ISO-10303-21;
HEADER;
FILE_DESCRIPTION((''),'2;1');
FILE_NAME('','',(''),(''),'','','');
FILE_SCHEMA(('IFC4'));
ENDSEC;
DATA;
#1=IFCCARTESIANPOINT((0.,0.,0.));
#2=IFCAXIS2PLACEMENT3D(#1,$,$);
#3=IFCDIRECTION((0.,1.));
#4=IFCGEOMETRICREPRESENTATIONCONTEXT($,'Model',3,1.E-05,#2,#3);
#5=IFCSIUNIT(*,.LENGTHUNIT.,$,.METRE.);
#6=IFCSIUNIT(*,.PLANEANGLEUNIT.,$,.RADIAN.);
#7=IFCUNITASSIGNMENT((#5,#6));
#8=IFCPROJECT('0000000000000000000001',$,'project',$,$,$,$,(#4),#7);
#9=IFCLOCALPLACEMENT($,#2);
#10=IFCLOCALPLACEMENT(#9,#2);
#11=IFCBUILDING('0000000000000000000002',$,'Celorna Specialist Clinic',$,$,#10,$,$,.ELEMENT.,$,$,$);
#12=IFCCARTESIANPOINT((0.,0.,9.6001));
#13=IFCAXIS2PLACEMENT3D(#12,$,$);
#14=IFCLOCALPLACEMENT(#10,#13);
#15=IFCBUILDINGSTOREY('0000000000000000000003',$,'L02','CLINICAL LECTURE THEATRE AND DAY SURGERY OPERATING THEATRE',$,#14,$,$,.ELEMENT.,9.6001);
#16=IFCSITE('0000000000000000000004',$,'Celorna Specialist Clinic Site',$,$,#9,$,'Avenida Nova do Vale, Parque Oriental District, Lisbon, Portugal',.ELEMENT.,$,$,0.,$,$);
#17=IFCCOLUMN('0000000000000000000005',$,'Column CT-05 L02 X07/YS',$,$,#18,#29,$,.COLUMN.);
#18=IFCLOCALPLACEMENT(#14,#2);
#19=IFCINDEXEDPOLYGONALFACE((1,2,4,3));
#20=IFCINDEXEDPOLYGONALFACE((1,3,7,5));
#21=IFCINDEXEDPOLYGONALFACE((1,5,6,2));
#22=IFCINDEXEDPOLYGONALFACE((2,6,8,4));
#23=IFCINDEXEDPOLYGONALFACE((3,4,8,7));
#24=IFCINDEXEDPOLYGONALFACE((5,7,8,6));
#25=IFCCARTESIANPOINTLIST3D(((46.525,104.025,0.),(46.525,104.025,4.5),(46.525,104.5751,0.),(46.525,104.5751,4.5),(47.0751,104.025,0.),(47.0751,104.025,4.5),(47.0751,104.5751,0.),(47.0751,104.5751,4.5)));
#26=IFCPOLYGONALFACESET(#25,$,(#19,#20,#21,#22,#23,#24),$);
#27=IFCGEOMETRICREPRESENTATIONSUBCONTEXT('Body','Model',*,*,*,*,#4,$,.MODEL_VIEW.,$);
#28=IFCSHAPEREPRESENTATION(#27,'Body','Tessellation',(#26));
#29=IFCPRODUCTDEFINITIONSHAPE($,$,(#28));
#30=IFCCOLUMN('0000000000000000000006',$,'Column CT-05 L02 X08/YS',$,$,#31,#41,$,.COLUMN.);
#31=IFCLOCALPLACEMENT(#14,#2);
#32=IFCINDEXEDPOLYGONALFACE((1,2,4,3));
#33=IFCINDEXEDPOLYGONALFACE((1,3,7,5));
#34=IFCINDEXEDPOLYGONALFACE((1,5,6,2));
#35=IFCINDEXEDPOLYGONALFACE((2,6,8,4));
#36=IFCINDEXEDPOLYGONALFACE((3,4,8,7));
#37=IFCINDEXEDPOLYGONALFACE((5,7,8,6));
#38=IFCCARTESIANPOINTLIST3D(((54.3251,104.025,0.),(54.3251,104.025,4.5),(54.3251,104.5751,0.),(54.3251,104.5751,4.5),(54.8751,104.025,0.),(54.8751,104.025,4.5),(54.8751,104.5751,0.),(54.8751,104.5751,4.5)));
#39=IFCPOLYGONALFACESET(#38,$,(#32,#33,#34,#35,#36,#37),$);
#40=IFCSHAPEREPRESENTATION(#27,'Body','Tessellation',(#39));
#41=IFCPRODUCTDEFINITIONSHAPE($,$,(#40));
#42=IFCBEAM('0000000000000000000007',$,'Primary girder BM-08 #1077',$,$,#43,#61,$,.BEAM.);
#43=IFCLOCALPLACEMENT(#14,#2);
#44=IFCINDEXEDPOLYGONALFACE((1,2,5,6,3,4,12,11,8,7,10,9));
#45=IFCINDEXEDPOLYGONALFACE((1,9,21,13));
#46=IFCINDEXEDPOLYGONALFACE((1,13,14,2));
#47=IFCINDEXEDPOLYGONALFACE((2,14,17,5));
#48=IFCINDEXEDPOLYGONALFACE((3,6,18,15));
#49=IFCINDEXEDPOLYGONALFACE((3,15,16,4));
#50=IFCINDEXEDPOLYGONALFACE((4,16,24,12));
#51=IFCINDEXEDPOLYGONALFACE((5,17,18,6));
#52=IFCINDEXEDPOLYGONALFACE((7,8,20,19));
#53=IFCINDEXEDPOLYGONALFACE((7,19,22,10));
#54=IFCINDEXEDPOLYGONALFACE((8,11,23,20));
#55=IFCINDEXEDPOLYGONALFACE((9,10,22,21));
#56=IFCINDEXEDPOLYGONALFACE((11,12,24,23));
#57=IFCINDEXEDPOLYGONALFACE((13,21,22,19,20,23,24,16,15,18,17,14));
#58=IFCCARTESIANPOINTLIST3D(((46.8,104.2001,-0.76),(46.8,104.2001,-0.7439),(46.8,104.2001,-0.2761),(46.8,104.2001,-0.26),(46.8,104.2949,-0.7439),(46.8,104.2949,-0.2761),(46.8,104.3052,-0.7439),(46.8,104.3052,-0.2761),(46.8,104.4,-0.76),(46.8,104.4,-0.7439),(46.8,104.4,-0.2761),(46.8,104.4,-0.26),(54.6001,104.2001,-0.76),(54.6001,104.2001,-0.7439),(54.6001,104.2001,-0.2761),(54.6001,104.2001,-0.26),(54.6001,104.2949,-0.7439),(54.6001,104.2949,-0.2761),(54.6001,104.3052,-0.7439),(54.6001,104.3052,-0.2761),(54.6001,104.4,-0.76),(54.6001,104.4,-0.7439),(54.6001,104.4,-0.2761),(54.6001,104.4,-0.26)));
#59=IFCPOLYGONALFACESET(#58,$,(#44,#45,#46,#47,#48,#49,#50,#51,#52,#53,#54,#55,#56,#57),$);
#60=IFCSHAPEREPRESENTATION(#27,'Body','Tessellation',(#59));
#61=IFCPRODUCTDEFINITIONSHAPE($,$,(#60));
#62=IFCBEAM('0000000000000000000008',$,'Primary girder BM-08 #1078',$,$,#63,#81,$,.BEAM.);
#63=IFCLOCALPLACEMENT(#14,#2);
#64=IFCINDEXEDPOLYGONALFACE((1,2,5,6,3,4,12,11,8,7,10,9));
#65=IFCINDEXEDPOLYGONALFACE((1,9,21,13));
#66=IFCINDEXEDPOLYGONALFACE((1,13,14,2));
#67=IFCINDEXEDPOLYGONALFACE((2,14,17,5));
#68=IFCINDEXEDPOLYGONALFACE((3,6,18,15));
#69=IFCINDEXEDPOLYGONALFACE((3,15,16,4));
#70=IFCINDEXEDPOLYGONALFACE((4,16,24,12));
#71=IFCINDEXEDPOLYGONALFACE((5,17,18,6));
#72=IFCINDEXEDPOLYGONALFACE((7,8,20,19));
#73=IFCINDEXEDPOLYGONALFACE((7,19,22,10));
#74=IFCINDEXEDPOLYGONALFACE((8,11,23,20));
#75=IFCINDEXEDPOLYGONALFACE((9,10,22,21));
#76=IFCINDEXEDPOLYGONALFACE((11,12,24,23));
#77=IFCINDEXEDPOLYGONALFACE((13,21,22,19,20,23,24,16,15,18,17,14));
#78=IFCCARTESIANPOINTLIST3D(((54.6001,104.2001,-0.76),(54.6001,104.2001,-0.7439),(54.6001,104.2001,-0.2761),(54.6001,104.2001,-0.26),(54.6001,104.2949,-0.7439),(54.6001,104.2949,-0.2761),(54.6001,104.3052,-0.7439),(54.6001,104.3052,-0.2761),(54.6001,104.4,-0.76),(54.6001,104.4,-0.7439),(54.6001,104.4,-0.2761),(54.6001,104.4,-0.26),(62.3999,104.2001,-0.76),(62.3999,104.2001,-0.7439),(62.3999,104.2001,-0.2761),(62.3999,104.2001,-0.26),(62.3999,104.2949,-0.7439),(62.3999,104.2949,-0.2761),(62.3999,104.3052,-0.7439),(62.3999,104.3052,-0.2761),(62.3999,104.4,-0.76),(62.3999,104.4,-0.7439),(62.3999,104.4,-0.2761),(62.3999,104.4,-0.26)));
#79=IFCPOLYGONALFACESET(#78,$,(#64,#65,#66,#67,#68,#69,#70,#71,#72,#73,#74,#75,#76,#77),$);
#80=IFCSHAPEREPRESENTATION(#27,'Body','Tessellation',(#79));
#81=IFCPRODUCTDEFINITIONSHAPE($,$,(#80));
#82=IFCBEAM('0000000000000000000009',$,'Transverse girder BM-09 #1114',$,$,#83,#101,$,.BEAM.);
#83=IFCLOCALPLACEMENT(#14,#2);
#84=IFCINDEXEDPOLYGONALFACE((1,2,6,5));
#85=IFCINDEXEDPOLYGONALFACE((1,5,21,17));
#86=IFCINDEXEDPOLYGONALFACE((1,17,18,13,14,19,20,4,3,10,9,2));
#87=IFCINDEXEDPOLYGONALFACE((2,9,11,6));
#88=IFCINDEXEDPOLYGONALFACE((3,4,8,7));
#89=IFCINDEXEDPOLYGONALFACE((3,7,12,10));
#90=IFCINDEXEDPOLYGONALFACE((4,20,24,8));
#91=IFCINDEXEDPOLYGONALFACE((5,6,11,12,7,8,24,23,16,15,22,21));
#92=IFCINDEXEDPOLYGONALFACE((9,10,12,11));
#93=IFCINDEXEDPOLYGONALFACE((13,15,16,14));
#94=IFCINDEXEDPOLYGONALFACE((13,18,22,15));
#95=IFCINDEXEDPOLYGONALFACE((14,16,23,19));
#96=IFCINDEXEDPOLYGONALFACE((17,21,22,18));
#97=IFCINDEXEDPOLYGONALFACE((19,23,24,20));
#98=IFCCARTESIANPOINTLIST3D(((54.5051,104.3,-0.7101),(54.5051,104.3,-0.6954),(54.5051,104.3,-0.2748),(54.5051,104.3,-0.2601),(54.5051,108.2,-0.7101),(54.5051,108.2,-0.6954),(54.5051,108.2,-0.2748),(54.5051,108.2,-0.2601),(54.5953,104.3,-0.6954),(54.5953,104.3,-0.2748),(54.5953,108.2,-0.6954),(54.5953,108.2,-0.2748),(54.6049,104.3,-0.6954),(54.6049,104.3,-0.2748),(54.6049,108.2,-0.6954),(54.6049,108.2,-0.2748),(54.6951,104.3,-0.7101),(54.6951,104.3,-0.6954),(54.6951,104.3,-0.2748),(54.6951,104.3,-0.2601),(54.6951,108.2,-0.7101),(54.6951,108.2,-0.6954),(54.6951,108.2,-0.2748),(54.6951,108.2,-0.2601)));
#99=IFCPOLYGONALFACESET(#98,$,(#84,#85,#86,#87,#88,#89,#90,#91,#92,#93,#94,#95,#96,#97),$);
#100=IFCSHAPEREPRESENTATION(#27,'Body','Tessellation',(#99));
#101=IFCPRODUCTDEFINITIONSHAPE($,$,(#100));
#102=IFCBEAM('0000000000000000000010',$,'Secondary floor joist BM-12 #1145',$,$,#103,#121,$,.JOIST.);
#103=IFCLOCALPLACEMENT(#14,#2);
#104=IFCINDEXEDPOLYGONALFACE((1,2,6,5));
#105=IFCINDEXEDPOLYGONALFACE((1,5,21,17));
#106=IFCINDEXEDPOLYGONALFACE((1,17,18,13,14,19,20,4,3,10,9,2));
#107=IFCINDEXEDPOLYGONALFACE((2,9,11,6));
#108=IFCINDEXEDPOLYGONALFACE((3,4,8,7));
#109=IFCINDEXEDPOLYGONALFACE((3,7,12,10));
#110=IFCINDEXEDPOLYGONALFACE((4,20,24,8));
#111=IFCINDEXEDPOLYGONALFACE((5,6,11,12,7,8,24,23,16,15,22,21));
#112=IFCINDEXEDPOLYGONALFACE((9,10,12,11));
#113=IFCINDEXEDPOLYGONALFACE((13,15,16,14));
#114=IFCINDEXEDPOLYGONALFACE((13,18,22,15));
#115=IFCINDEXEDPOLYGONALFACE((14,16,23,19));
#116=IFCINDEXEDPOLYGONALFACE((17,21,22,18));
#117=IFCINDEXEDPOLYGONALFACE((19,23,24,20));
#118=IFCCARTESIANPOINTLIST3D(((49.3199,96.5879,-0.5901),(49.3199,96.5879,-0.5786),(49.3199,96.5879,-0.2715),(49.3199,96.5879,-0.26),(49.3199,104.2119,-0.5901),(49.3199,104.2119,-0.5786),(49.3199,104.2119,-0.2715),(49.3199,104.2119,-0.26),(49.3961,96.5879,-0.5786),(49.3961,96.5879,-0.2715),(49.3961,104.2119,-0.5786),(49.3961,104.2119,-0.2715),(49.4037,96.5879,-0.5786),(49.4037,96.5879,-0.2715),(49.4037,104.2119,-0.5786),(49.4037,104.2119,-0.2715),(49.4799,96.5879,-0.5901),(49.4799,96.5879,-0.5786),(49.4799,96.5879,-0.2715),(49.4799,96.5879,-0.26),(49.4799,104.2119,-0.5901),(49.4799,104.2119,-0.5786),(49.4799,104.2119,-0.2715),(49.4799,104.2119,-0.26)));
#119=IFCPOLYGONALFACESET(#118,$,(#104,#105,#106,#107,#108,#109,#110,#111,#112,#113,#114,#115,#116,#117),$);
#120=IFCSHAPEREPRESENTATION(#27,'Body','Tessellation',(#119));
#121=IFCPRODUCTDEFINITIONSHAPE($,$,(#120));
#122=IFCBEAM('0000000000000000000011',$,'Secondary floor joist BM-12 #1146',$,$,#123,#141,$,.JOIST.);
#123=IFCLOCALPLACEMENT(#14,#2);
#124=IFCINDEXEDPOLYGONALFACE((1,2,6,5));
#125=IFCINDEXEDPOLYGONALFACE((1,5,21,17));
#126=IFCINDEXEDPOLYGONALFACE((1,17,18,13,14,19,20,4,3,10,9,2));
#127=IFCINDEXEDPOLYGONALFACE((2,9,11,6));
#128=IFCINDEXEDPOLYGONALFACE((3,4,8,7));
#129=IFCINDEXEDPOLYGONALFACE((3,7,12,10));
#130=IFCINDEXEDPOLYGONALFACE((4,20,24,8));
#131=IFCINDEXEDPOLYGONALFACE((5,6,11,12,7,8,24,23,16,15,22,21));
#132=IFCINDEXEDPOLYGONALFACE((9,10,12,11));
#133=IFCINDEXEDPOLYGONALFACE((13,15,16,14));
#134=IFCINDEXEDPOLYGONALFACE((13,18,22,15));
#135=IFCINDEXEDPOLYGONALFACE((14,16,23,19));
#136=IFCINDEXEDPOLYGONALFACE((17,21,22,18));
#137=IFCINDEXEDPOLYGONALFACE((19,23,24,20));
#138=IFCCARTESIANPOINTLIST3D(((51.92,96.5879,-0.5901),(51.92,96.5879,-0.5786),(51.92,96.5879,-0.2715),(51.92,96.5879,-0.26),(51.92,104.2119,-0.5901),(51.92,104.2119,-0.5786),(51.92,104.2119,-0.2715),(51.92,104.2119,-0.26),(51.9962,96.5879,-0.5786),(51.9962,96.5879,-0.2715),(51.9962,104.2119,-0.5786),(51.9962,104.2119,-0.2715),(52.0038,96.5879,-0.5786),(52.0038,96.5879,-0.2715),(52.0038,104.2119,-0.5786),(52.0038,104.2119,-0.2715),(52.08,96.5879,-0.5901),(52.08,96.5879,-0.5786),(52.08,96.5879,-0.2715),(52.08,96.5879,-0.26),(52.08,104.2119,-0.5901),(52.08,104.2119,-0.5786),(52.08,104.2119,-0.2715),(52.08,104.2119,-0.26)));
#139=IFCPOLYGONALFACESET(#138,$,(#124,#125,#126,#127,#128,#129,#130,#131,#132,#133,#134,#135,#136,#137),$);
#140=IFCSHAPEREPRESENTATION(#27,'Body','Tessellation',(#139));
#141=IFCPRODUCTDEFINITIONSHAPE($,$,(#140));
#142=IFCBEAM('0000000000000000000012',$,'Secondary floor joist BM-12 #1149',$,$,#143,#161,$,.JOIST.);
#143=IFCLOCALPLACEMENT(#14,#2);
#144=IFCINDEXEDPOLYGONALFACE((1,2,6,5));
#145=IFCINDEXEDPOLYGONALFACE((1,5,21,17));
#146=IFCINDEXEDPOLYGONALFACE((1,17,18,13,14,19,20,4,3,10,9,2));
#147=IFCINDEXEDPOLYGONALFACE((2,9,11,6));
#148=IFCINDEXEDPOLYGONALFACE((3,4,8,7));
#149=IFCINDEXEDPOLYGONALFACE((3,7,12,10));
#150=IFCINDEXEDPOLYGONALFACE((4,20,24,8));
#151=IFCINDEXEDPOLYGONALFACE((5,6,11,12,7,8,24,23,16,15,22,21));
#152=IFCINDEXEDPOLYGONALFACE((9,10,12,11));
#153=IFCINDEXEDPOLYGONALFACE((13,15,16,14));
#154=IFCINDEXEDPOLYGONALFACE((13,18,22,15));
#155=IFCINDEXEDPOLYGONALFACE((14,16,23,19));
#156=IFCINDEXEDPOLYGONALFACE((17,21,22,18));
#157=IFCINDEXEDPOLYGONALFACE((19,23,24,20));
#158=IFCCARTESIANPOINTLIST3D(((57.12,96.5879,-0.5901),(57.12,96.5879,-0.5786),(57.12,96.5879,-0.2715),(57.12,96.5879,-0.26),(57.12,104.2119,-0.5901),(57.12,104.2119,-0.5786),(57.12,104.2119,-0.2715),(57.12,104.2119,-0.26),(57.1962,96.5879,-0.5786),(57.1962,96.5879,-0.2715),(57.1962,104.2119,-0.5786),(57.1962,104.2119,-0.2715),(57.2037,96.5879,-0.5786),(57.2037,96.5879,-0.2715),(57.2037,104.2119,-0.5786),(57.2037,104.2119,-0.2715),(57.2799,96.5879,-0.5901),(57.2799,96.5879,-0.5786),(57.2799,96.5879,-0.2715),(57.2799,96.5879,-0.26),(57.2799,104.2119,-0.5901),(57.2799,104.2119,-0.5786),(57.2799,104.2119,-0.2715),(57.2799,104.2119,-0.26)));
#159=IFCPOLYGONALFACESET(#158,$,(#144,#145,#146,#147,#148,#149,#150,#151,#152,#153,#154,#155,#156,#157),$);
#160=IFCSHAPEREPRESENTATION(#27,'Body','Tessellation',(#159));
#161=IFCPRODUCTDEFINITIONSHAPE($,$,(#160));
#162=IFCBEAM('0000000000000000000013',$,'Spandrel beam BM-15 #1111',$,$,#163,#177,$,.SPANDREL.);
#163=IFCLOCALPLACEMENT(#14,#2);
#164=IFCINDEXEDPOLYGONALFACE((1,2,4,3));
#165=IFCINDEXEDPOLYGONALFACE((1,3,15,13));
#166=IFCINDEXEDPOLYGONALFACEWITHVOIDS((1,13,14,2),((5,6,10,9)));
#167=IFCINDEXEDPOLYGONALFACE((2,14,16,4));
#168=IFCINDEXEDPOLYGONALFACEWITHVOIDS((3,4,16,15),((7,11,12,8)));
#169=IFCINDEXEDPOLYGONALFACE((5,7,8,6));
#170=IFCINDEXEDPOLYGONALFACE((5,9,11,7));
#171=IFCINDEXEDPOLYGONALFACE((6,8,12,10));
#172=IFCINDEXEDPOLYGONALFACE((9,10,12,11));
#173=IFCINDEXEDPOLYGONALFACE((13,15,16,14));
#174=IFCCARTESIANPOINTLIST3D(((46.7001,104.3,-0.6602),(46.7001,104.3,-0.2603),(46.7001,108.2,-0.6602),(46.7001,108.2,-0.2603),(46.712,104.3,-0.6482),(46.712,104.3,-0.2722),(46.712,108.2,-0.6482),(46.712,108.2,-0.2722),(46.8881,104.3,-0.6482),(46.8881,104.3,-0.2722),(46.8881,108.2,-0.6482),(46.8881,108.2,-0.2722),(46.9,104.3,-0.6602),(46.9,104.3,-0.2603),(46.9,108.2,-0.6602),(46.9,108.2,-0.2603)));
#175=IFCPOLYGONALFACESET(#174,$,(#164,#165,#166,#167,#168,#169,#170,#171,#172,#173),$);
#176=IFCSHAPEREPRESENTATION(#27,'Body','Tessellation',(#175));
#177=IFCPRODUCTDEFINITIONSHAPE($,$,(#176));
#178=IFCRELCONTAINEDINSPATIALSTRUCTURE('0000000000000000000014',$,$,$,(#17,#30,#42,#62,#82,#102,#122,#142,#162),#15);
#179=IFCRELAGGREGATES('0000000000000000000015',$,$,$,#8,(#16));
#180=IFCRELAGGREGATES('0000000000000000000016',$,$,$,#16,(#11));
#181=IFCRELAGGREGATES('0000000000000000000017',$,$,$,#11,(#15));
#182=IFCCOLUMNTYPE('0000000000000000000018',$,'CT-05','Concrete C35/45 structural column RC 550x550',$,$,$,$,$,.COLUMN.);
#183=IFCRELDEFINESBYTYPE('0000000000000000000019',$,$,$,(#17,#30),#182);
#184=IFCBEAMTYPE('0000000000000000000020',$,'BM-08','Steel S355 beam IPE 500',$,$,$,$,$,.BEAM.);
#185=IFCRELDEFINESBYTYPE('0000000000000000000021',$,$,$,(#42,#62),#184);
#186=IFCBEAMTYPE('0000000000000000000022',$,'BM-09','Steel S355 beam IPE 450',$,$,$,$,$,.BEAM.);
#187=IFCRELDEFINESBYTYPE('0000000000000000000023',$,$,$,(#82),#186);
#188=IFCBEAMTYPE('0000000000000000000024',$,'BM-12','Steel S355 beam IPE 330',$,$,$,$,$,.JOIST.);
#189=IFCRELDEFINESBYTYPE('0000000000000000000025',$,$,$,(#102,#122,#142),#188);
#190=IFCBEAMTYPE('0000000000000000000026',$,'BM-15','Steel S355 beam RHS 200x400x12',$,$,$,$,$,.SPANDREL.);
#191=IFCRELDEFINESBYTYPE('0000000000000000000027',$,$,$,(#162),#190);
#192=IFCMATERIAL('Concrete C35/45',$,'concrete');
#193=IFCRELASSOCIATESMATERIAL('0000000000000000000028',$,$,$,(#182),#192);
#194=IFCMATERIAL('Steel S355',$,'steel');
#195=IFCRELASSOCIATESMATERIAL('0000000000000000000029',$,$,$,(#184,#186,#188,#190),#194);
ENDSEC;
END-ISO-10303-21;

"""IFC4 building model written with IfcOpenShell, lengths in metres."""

from ifc_helpers import new_model, si_unit, direction, frame, origin, origin_2d, place, context, subcontext, project, spatial, rectangle, hollow_rectangle, i_section, extrude, material, material_profile, profile_set, type_object, element, save


model = new_model("IFC4")

# Units and contexts
model_context = context("Model", 3, precision=1e-05, world=origin(), true_north=direction((0.0, 1.0)))
body_context = subcontext(model_context, "Body", "Model", "MODEL_VIEW")
ifc_project = project(units=[si_unit("LENGTHUNIT", "METRE"), si_unit("PLANEANGLEUNIT", "RADIAN")], contexts=[model_context])

# Site, building, storey
site_placement = place(None, origin())
site = spatial("IfcSite", under=ifc_project, at=site_placement, Name="Celorna Specialist Clinic Site", LongName="Avenida Nova do Vale, Parque Oriental District, Lisbon, Portugal", CompositionType="ELEMENT", RefElevation=0.0)
building_placement = place(site_placement, origin())
building = spatial("IfcBuilding", under=site, at=building_placement, Name="Celorna Specialist Clinic", CompositionType="ELEMENT")
storey_placement = place(building_placement, frame((0.0, 0.0, 9.6001)))
storey = spatial("IfcBuildingStorey", under=building, at=storey_placement, Name="L02", Description="CLINICAL LECTURE THEATRE AND DAY SURGERY OPERATING THEATRE", CompositionType="ELEMENT", Elevation=9.6001)

# Columns
ifc_material_1 = material(Name="Concrete C35/45", Category="concrete")
ifc_material_profile_1 = material_profile(ifc_material_1, rectangle(XDim=0.55, YDim=0.55, at=origin_2d()), Name="RC 550x550")
ifc_profile_set_1 = profile_set([ifc_material_profile_1], Name="Concrete C35/45")
column_type = type_object("IfcColumnType", Name="CT-05", Description="Concrete C35/45 structural column RC 550x550", PredefinedType="COLUMN", material=ifc_profile_set_1)
for number, where, z_axis, x_axis, name in (
    (1, (46.8, 104.3, 0.0), (0.0, 0.0, 1.0), (1.0, 0.0, 0.0), "Column CT-05 L02 X07/YS"),
    (2, (54.6001, 104.3, 0.0), (0.0, 0.0, 1.0), (1.0, 0.0, 0.0), "Column CT-05 L02 X08/YS"),
):
    element("IfcColumn", number, at=place(storey_placement, frame(where, z_axis=z_axis, x_axis=x_axis)), inside=storey, type_object=column_type, Name=name, PredefinedType="COLUMN", context=body_context, shape_type="SweptSolid", body=[
        extrude(rectangle(XDim=0.55, YDim=0.55, at=origin_2d()), origin(), (0.0, 0.0, 1.0), 4.5),
    ])

# Beams
ifc_material_2 = material(Name="Steel S355", Category="steel")
ifc_material_profile_2 = material_profile(ifc_material_2, i_section(OverallWidth=0.2, OverallDepth=0.5, WebThickness=0.0103, FlangeThickness=0.0161, at=origin_2d()), Name="IPE 500")
ifc_profile_set_2 = profile_set([ifc_material_profile_2], Name="Steel S355")
beam_type_1 = type_object("IfcBeamType", Name="BM-08", Description="Steel S355 beam IPE 500", PredefinedType="BEAM", material=ifc_profile_set_2)
beam_1_placement = place(storey_placement, frame((46.8, 104.3, -0.51), z_axis=(1.0, 0.0, 0.0), x_axis=(0.0, 1.0, 0.0)))
element("IfcBeam", 3, at=beam_1_placement, inside=storey, type_object=beam_type_1, Name="Primary girder BM-08 #1077", PredefinedType="BEAM", context=body_context, shape_type="SweptSolid", body=[
    extrude(i_section(OverallWidth=0.2, OverallDepth=0.5, WebThickness=0.0103, FlangeThickness=0.0161, at=origin_2d()), origin(), (0.0, 0.0, 1.0), 7.8),
])
beam_2_placement = place(storey_placement, frame((54.6001, 104.3, -0.51), z_axis=(1.0, 0.0, 0.0), x_axis=(0.0, 1.0, 0.0)))
element("IfcBeam", 4, at=beam_2_placement, inside=storey, type_object=beam_type_1, Name="Primary girder BM-08 #1078", PredefinedType="BEAM", context=body_context, shape_type="SweptSolid", body=[
    extrude(i_section(OverallWidth=0.2, OverallDepth=0.5, WebThickness=0.0103, FlangeThickness=0.0161, at=origin_2d()), origin(), (0.0, 0.0, 1.0), 7.7998),
])
ifc_material_profile_3 = material_profile(ifc_material_2, i_section(OverallWidth=0.1899, OverallDepth=0.45, WebThickness=0.0095, FlangeThickness=0.0146, at=origin_2d()), Name="IPE 450")
ifc_profile_set_3 = profile_set([ifc_material_profile_3], Name="Steel S355")
beam_type_2 = type_object("IfcBeamType", Name="BM-09", Description="Steel S355 beam IPE 450", PredefinedType="BEAM", material=ifc_profile_set_3)
beam_3_placement = place(storey_placement, frame((54.6001, 104.3, -0.4851), z_axis=(0.0, 1.0, 0.0), x_axis=(-1.0, 0.0, 0.0)))
element("IfcBeam", 5, at=beam_3_placement, inside=storey, type_object=beam_type_2, Name="Transverse girder BM-09 #1114", PredefinedType="BEAM", context=body_context, shape_type="SweptSolid", body=[
    extrude(i_section(OverallWidth=0.1899, OverallDepth=0.45, WebThickness=0.0095, FlangeThickness=0.0146, at=origin_2d()), origin(), (0.0, 0.0, 1.0), 3.8999),
])
ifc_material_profile_4 = material_profile(ifc_material_2, i_section(OverallWidth=0.1599, OverallDepth=0.3301, WebThickness=0.0076, FlangeThickness=0.0115, at=origin_2d()), Name="IPE 330")
ifc_profile_set_4 = profile_set([ifc_material_profile_4], Name="Steel S355")
beam_type_3 = type_object("IfcBeamType", Name="BM-12", Description="Steel S355 beam IPE 330", PredefinedType="JOIST", material=ifc_profile_set_4)
for number, where, z_axis, x_axis, name in (
    (6, (49.3999, 96.5879, -0.425), (0.0, 1.0, 0.0), (-1.0, 0.0, 0.0), "Secondary floor joist BM-12 #1145"),
    (7, (52.0, 96.5879, -0.425), (0.0, 1.0, 0.0), (-1.0, 0.0, 0.0), "Secondary floor joist BM-12 #1146"),
    (8, (57.2, 96.5879, -0.425), (0.0, 1.0, 0.0), (-1.0, 0.0, 0.0), "Secondary floor joist BM-12 #1149"),
):
    element("IfcBeam", number, at=place(storey_placement, frame(where, z_axis=z_axis, x_axis=x_axis)), inside=storey, type_object=beam_type_3, Name=name, PredefinedType="JOIST", context=body_context, shape_type="SweptSolid", body=[
        extrude(i_section(OverallWidth=0.1599, OverallDepth=0.3301, WebThickness=0.0076, FlangeThickness=0.0115, at=origin_2d()), origin(), (0.0, 0.0, 1.0), 7.624),
    ])
ifc_material_profile_5 = material_profile(ifc_material_2, hollow_rectangle(XDim=0.2, YDim=0.3999, WallThickness=0.012, at=origin_2d()), Name="RHS 200x400x12")
ifc_profile_set_5 = profile_set([ifc_material_profile_5], Name="Steel S355")
beam_type_4 = type_object("IfcBeamType", Name="BM-15", Description="Steel S355 beam RHS 200x400x12", PredefinedType="SPANDREL", material=ifc_profile_set_5)
beam_4_placement = place(storey_placement, frame((46.8, 104.3, -0.4602), z_axis=(0.0, 1.0, 0.0), x_axis=(-1.0, 0.0, 0.0)))
element("IfcBeam", 9, at=beam_4_placement, inside=storey, type_object=beam_type_4, Name="Spandrel beam BM-15 #1111", PredefinedType="SPANDREL", context=body_context, shape_type="SweptSolid", body=[
    extrude(hollow_rectangle(XDim=0.2, YDim=0.3999, WallThickness=0.012, at=origin_2d()), origin(), (0.0, 0.0, 1.0), 3.8999),
])

save(model, "model.ifc")
